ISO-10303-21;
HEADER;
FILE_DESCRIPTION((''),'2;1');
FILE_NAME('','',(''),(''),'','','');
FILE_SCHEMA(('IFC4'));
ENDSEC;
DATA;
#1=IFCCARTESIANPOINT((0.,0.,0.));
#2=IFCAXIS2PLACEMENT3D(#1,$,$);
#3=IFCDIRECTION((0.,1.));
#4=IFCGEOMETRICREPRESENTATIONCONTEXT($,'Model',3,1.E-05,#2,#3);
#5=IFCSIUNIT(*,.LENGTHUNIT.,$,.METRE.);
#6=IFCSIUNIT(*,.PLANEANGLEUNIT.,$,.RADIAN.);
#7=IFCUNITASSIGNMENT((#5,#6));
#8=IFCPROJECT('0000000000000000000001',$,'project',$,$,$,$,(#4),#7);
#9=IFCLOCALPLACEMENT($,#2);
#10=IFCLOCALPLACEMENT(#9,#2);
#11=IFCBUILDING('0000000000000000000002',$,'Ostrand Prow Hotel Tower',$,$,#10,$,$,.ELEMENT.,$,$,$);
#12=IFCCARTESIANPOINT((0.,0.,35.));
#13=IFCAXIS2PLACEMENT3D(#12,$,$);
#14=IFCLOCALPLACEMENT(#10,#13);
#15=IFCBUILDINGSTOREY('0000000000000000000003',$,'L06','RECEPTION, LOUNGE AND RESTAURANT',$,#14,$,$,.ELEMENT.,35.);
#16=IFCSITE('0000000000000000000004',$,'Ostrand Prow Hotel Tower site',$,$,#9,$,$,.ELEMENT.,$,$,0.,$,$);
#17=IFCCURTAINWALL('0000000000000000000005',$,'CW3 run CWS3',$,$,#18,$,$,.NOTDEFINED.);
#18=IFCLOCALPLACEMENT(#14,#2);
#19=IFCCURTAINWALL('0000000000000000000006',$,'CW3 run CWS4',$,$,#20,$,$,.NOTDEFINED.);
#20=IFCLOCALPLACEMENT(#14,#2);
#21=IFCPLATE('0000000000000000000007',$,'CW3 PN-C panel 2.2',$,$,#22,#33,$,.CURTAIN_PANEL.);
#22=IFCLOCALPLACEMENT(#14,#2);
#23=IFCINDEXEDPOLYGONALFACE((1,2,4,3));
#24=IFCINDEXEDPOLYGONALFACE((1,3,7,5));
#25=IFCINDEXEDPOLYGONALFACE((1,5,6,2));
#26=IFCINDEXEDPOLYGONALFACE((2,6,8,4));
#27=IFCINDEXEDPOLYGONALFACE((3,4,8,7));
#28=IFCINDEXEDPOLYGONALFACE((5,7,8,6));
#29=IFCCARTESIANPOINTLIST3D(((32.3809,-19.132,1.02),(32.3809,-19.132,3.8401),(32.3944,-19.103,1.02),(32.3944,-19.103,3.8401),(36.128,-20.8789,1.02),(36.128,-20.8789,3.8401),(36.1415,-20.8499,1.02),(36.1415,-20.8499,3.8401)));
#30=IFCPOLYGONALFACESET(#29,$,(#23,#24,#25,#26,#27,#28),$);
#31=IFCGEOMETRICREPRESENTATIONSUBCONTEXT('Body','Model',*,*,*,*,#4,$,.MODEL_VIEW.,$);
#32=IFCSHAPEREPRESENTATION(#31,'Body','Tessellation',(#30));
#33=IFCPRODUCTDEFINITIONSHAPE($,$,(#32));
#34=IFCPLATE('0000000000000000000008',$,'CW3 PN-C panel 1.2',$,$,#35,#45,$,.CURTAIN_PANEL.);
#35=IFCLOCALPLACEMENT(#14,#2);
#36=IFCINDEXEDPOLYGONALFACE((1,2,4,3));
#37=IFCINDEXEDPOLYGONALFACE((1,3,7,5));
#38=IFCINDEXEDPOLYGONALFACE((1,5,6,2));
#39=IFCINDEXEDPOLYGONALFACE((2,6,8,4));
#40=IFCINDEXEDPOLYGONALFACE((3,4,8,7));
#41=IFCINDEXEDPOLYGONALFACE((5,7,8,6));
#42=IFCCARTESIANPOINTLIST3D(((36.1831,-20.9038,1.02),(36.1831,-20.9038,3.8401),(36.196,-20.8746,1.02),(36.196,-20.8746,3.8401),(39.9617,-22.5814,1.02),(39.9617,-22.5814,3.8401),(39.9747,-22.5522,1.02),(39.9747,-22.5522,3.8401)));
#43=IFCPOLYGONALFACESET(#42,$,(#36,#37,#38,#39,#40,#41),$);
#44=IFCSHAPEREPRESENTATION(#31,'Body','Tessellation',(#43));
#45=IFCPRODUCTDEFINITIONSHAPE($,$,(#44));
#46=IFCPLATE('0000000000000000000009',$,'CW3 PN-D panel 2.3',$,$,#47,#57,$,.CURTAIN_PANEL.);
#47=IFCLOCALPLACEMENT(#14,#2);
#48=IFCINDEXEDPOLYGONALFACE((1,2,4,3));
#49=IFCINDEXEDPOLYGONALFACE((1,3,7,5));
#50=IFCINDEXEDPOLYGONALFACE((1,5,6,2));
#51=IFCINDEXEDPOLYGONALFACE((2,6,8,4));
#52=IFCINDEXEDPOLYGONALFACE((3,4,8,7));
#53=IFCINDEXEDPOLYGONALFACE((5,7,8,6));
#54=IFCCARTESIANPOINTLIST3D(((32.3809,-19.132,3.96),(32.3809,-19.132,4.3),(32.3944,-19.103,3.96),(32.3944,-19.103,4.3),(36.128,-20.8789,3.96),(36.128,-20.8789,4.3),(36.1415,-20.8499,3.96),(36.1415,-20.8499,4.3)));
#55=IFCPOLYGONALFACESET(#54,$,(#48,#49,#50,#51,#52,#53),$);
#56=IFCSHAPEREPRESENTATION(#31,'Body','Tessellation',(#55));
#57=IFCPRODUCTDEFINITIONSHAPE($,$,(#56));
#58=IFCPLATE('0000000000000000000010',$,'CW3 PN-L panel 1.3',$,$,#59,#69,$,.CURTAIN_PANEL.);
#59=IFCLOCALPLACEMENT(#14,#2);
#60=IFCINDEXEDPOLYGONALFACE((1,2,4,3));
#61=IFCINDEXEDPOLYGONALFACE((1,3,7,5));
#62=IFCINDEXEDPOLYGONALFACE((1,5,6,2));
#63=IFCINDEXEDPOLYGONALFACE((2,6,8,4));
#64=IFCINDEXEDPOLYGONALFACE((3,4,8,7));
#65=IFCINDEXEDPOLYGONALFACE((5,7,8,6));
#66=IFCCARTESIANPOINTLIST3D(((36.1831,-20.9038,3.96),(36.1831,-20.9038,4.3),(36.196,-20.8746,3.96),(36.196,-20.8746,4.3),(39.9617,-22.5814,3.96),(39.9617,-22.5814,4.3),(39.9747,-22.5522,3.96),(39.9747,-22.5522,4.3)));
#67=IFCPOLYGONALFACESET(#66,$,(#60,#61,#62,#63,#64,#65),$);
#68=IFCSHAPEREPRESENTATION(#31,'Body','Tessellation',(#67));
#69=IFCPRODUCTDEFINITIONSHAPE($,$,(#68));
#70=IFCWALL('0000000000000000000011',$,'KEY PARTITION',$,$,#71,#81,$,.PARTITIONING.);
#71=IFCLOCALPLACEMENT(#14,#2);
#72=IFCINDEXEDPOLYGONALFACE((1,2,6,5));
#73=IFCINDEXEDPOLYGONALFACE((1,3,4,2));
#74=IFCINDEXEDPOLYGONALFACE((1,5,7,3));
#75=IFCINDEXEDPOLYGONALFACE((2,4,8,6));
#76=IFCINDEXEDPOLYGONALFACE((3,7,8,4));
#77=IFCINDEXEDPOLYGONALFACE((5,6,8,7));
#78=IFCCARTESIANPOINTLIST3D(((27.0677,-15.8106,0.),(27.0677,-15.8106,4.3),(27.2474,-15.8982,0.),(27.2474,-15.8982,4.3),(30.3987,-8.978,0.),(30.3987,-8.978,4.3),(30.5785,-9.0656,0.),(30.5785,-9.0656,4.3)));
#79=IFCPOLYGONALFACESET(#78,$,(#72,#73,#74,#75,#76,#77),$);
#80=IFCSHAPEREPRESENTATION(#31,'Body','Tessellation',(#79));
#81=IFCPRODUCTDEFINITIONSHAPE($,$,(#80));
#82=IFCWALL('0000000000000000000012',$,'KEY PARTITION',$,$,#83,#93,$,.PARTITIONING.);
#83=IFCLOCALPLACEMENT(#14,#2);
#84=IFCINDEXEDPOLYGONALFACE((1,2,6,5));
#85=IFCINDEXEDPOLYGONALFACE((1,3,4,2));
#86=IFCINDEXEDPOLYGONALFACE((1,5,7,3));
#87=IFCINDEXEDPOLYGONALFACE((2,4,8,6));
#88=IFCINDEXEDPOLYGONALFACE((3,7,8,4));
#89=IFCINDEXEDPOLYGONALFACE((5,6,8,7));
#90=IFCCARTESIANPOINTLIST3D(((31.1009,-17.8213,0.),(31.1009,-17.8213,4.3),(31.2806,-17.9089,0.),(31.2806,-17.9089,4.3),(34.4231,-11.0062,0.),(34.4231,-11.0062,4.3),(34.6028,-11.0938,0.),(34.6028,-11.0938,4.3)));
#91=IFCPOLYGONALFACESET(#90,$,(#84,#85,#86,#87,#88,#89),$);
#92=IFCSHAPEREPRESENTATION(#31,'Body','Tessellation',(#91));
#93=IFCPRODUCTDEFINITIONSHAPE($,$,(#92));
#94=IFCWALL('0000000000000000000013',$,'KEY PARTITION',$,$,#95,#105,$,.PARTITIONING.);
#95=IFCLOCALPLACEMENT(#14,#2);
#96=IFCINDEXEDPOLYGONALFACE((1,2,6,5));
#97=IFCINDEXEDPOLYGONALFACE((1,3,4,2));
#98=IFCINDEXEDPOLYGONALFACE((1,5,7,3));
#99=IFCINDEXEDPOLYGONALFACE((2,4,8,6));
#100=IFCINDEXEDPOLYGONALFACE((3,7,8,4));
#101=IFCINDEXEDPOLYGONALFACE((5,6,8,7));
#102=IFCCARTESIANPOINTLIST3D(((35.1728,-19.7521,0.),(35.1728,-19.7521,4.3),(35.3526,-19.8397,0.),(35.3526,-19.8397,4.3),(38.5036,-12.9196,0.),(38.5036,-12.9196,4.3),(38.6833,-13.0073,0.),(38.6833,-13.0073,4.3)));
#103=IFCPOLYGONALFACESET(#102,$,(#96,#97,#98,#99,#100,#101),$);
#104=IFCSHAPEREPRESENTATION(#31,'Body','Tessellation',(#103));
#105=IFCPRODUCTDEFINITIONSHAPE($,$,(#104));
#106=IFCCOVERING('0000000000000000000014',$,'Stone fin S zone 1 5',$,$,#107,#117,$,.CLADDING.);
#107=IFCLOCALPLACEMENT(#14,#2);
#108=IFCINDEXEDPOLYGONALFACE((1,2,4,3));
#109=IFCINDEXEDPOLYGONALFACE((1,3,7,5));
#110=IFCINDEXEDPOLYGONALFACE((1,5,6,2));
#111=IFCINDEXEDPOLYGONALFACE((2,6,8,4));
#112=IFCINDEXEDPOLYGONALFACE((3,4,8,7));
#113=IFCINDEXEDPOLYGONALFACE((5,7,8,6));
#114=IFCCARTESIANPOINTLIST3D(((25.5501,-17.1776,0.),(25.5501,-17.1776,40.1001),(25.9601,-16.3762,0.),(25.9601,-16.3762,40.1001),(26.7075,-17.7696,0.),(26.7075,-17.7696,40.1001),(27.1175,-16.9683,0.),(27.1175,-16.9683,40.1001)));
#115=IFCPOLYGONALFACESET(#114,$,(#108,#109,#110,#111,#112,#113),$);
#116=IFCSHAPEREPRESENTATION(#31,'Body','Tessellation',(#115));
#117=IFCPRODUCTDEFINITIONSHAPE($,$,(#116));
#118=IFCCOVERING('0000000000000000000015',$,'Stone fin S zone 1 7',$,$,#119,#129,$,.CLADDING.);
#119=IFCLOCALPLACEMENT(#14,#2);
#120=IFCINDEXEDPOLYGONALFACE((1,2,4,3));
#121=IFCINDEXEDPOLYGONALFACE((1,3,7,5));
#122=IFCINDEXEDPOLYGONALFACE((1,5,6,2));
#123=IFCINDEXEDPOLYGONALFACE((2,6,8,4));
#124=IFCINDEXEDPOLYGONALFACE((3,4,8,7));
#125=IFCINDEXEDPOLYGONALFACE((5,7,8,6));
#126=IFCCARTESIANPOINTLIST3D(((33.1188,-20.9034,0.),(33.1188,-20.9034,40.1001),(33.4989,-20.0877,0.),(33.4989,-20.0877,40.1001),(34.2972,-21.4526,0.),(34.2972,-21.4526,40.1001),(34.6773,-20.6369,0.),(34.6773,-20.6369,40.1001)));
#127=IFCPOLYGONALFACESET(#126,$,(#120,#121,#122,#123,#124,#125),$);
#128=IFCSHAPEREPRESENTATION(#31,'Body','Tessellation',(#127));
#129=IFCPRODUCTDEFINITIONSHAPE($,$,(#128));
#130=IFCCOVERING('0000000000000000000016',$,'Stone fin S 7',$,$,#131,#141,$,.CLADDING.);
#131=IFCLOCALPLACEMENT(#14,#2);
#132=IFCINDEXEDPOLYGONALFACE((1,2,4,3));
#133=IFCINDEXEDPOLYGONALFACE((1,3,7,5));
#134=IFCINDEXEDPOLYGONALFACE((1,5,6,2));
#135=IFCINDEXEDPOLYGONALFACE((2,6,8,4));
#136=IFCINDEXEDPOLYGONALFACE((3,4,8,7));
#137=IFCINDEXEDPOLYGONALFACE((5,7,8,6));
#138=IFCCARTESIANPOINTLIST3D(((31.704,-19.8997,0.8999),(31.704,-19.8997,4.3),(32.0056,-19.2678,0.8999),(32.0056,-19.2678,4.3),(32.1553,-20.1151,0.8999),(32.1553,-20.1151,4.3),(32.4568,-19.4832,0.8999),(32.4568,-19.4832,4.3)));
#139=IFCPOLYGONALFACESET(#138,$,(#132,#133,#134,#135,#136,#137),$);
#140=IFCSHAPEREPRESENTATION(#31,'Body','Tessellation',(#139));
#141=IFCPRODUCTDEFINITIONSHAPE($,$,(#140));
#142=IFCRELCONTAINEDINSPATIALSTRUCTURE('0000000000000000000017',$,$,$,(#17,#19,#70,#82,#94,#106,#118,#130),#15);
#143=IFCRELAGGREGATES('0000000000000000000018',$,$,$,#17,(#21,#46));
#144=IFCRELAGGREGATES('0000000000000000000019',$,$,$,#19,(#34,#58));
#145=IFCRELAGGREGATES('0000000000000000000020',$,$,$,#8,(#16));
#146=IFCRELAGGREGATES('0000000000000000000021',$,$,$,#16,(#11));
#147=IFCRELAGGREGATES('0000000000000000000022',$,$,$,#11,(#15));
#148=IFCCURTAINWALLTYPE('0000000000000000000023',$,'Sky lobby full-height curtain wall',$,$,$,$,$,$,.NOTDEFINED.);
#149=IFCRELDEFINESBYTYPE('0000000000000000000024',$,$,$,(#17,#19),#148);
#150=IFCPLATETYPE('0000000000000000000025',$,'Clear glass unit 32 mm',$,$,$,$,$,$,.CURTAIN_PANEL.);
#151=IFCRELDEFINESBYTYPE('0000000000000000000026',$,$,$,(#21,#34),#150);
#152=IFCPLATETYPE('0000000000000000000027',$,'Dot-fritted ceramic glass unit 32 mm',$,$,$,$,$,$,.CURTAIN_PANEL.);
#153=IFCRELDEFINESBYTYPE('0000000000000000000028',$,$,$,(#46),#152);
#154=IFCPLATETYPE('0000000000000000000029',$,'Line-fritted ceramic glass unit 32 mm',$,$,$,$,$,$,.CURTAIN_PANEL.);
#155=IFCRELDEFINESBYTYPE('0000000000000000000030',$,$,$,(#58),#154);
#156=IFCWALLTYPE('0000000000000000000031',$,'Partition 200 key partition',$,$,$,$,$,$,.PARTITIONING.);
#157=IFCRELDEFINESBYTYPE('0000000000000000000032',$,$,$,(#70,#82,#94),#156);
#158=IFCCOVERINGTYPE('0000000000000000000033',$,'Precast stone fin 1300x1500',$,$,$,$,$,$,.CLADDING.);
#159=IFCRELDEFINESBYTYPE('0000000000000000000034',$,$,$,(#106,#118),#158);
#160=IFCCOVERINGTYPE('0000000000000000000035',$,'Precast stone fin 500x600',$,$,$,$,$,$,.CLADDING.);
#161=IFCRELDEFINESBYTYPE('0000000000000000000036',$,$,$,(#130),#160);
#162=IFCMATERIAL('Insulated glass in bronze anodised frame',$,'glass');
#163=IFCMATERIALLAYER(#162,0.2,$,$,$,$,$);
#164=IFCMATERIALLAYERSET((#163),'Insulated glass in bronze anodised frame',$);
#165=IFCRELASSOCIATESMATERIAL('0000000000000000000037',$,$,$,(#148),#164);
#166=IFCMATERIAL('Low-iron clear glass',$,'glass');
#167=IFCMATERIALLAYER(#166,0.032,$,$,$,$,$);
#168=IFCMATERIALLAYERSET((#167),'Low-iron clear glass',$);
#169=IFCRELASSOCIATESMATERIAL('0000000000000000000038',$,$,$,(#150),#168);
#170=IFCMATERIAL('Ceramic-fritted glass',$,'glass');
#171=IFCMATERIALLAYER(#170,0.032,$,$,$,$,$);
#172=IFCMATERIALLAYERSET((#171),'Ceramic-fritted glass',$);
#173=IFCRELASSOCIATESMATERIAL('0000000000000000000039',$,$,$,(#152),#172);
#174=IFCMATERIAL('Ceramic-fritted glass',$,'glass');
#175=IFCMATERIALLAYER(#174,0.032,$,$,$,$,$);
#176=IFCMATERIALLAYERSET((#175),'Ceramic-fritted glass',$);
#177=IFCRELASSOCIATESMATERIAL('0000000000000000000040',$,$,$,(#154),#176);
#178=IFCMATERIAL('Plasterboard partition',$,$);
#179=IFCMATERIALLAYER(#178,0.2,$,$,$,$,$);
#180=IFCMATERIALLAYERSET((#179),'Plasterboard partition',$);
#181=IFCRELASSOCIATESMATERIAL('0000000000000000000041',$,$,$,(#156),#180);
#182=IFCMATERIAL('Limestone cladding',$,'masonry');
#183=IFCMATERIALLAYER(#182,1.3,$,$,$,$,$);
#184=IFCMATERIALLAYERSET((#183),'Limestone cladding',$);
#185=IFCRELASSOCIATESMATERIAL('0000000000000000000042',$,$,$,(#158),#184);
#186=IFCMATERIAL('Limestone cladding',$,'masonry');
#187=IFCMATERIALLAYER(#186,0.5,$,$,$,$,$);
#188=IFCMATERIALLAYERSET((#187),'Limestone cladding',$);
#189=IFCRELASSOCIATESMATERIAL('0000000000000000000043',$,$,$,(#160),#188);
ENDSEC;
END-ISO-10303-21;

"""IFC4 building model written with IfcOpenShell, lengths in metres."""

from ifc_helpers import new_model, si_unit, direction, frame, frame_2d, origin, origin_2d, place, context, subcontext, project, spatial, rectangle, extrude, material, layer, layer_set, type_object, element, aggregate, save


model = new_model("IFC4")

# Units and contexts
model_context = context("Model", 3, precision=1e-05, world=origin(), true_north=direction((0.0, 1.0)))
body_context = subcontext(model_context, "Body", "Model", "MODEL_VIEW")
ifc_project = project(units=[si_unit("LENGTHUNIT", "METRE"), si_unit("PLANEANGLEUNIT", "RADIAN")], contexts=[model_context])

# Site, building, storey
site_placement = place(None, origin())
site = spatial("IfcSite", under=ifc_project, at=site_placement, Name="Ostrand Prow Hotel Tower site", CompositionType="ELEMENT", RefElevation=0.0)
building_placement = place(site_placement, origin())
building = spatial("IfcBuilding", under=site, at=building_placement, Name="Ostrand Prow Hotel Tower", CompositionType="ELEMENT")
storey_placement = place(building_placement, frame((0.0, 0.0, 35.0)))
storey = spatial("IfcBuildingStorey", under=building, at=storey_placement, Name="L06", Description="RECEPTION, LOUNGE AND RESTAURANT", CompositionType="ELEMENT", Elevation=35.0)

# Shared definitions
ifc_material_1 = material(Name="Insulated glass in bronze anodised frame", Category="glass")
ifc_layer_1 = layer(ifc_material_1, 0.2)
ifc_layer_set_1 = layer_set([ifc_layer_1], Name="Insulated glass in bronze anodised frame")
curtain_wall_type = type_object("IfcCurtainWallType", Name="Sky lobby full-height curtain wall", PredefinedType="NOTDEFINED", material=ifc_layer_set_1)

# Curtain walls
curtain_wall_1_placement = place(storey_placement, origin())
curtain_wall_1 = element("IfcCurtainWall", 1, at=curtain_wall_1_placement, inside=storey, type_object=curtain_wall_type, Name="CW3 run CWS3", PredefinedType="NOTDEFINED")
curtain_wall_2_placement = place(storey_placement, origin())
curtain_wall_2 = element("IfcCurtainWall", 2, at=curtain_wall_2_placement, inside=storey, type_object=curtain_wall_type, Name="CW3 run CWS4", PredefinedType="NOTDEFINED")

# Plates
ifc_material_2 = material(Name="Low-iron clear glass", Category="glass")
ifc_layer_2 = layer(ifc_material_2, 0.032)
ifc_layer_set_2 = layer_set([ifc_layer_2], Name="Low-iron clear glass")
plate_type_1 = type_object("IfcPlateType", Name="Clear glass unit 32 mm", PredefinedType="CURTAIN_PANEL", material=ifc_layer_set_2)
plate_1_placement = place(storey_placement, frame((34.2612, -19.991, 1.02), z_axis=(0.0, 0.0, 1.0), x_axis=(0.906349, -0.42253, 0.0)))
plate_1 = element("IfcPlate", 3, at=plate_1_placement, type_object=plate_type_1, Name="CW3 PN-C panel 2.2", PredefinedType="CURTAIN_PANEL", context=body_context, shape_type="SweptSolid", body=[
    extrude(rectangle(XDim=4.1343, YDim=0.032, at=origin_2d()), origin(), (0.0, 0.0, 1.0), 2.8201),
])
plate_2_placement = place(storey_placement, frame((38.0789, -21.728, 1.02), z_axis=(0.0, 0.0, 1.0), x_axis=(0.913971, -0.40578, 0.0)))
plate_2 = element("IfcPlate", 4, at=plate_2_placement, type_object=plate_type_1, Name="CW3 PN-C panel 1.2", PredefinedType="CURTAIN_PANEL", context=body_context, shape_type="SweptSolid", body=[
    extrude(rectangle(XDim=4.1343, YDim=0.032, at=origin_2d()), origin(), (0.0, 0.0, 1.0), 2.8201),
])
ifc_material_3 = material(Name="Ceramic-fritted glass", Category="glass")
ifc_layer_3 = layer(ifc_material_3, 0.032)
ifc_layer_set_3 = layer_set([ifc_layer_3], Name="Ceramic-fritted glass")
plate_type_2 = type_object("IfcPlateType", Name="Dot-fritted ceramic glass unit 32 mm", PredefinedType="CURTAIN_PANEL", material=ifc_layer_set_3)
plate_3_placement = place(storey_placement, frame((34.2612, -19.991, 3.96), z_axis=(0.0, 0.0, 1.0), x_axis=(0.906349, -0.42253, 0.0)))
plate_3 = element("IfcPlate", 5, at=plate_3_placement, type_object=plate_type_2, Name="CW3 PN-D panel 2.3", PredefinedType="CURTAIN_PANEL", context=body_context, shape_type="SweptSolid", body=[
    extrude(rectangle(XDim=4.1343, YDim=0.032, at=origin_2d()), origin(), (0.0, 0.0, 1.0), 0.3401),
])
aggregate(curtain_wall_1, [plate_1, plate_3])
ifc_material_4 = material(Name="Ceramic-fritted glass", Category="glass")
ifc_layer_4 = layer(ifc_material_4, 0.032)
ifc_layer_set_4 = layer_set([ifc_layer_4], Name="Ceramic-fritted glass")
plate_type_3 = type_object("IfcPlateType", Name="Line-fritted ceramic glass unit 32 mm", PredefinedType="CURTAIN_PANEL", material=ifc_layer_set_4)
plate_4_placement = place(storey_placement, frame((38.0789, -21.728, 3.96), z_axis=(0.0, 0.0, 1.0), x_axis=(0.913971, -0.40578, 0.0)))
plate_4 = element("IfcPlate", 6, at=plate_4_placement, type_object=plate_type_3, Name="CW3 PN-L panel 1.3", PredefinedType="CURTAIN_PANEL", context=body_context, shape_type="SweptSolid", body=[
    extrude(rectangle(XDim=4.1343, YDim=0.032, at=origin_2d()), origin(), (0.0, 0.0, 1.0), 0.3401),
])
aggregate(curtain_wall_2, [plate_2, plate_4])

# Walls
ifc_material_5 = material(Name="Plasterboard partition")
ifc_layer_5 = layer(ifc_material_5, 0.2)
ifc_layer_set_5 = layer_set([ifc_layer_5], Name="Plasterboard partition")
wall_type = type_object("IfcWallType", Name="Partition 200 key partition", PredefinedType="PARTITIONING", material=ifc_layer_set_5)
wall_1_placement = place(storey_placement, frame((27.1575, -15.8545, 0.0), z_axis=(0.0, 0.0, 1.0), x_axis=(0.438224, 0.898866, 0.0)))
element("IfcWall", 7, at=wall_1_placement, inside=storey, type_object=wall_type, Name="KEY PARTITION", PredefinedType="PARTITIONING", context=body_context, shape_type="SweptSolid", body=[
    extrude(rectangle(XDim=7.6013, YDim=0.2, at=frame_2d((3.8008, 0.0))), origin(), (0.0, 0.0, 1.0), 4.3),
])
wall_2_placement = place(storey_placement, frame((31.1907, -17.8652, 0.0), z_axis=(0.0, 0.0, 1.0), x_axis=(0.438188, 0.898884, 0.0)))
element("IfcWall", 8, at=wall_2_placement, inside=storey, type_object=wall_type, Name="KEY PARTITION", PredefinedType="PARTITIONING", context=body_context, shape_type="SweptSolid", body=[
    extrude(rectangle(XDim=7.5818, YDim=0.2, at=frame_2d((3.791, 0.0))), origin(), (0.0, 0.0, 1.0), 4.3),
])
wall_3_placement = place(storey_placement, frame((35.2627, -19.7959, 0.0), z_axis=(0.0, 0.0, 1.0), x_axis=(0.438198, 0.898879, 0.0)))
element("IfcWall", 9, at=wall_3_placement, inside=storey, type_object=wall_type, Name="KEY PARTITION", PredefinedType="PARTITIONING", context=body_context, shape_type="SweptSolid", body=[
    extrude(rectangle(XDim=7.6011, YDim=0.2, at=frame_2d((3.8005, 0.0))), origin(), (0.0, 0.0, 1.0), 4.3),
])

# Coverings
ifc_material_6 = material(Name="Limestone cladding", Category="masonry")
ifc_layer_6 = layer(ifc_material_6, 1.3)
ifc_layer_set_6 = layer_set([ifc_layer_6], Name="Limestone cladding")
covering_type_1 = type_object("IfcCoveringType", Name="Precast stone fin 1300x1500", PredefinedType="CLADDING", material=ifc_layer_set_6)
covering_1_placement = place(storey_placement, frame((26.5388, -16.6721, 0.0), z_axis=(0.0, 0.0, 1.0), x_axis=(-0.455441, -0.890266, 0.0)))
element("IfcCovering", 10, at=covering_1_placement, inside=storey, type_object=covering_type_1, Name="Stone fin S zone 1 5", PredefinedType="CLADDING", context=body_context, shape_type="SweptSolid", body=[
    extrude(rectangle(XDim=0.9001, YDim=1.3, at=frame_2d((0.4502, 0.0))), origin(), (0.0, 0.0, 1.0), 40.1001),
])
covering_2_placement = place(storey_placement, frame((34.0881, -20.3623, 0.0), z_axis=(0.0, 0.0, 1.0), x_axis=(-0.42241, -0.906405, 0.0)))
element("IfcCovering", 11, at=covering_2_placement, inside=storey, type_object=covering_type_1, Name="Stone fin S zone 1 7", PredefinedType="CLADDING", context=body_context, shape_type="SweptSolid", body=[
    extrude(rectangle(XDim=0.8999, YDim=1.3, at=frame_2d((0.45, 0.0))), origin(), (0.0, 0.0, 1.0), 40.1001),
])
ifc_material_7 = material(Name="Limestone cladding", Category="masonry")
ifc_layer_7 = layer(ifc_material_7, 0.5)
ifc_layer_set_7 = layer_set([ifc_layer_7], Name="Limestone cladding")
covering_type_2 = type_object("IfcCoveringType", Name="Precast stone fin 500x600", PredefinedType="CLADDING", material=ifc_layer_set_7)
covering_3_placement = place(storey_placement, frame((32.2312, -19.3755, 0.8999), z_axis=(0.0, 0.0, 1.0), x_axis=(-0.430678, -0.902506, 0.0)))
element("IfcCovering", 12, at=covering_3_placement, inside=storey, type_object=covering_type_2, Name="Stone fin S 7", PredefinedType="CLADDING", context=body_context, shape_type="SweptSolid", body=[
    extrude(rectangle(XDim=0.7002, YDim=0.5, at=frame_2d((0.3501, 0.0))), origin(), (0.0, 0.0, 1.0), 3.4001),
])

save(model, "model.ifc")
